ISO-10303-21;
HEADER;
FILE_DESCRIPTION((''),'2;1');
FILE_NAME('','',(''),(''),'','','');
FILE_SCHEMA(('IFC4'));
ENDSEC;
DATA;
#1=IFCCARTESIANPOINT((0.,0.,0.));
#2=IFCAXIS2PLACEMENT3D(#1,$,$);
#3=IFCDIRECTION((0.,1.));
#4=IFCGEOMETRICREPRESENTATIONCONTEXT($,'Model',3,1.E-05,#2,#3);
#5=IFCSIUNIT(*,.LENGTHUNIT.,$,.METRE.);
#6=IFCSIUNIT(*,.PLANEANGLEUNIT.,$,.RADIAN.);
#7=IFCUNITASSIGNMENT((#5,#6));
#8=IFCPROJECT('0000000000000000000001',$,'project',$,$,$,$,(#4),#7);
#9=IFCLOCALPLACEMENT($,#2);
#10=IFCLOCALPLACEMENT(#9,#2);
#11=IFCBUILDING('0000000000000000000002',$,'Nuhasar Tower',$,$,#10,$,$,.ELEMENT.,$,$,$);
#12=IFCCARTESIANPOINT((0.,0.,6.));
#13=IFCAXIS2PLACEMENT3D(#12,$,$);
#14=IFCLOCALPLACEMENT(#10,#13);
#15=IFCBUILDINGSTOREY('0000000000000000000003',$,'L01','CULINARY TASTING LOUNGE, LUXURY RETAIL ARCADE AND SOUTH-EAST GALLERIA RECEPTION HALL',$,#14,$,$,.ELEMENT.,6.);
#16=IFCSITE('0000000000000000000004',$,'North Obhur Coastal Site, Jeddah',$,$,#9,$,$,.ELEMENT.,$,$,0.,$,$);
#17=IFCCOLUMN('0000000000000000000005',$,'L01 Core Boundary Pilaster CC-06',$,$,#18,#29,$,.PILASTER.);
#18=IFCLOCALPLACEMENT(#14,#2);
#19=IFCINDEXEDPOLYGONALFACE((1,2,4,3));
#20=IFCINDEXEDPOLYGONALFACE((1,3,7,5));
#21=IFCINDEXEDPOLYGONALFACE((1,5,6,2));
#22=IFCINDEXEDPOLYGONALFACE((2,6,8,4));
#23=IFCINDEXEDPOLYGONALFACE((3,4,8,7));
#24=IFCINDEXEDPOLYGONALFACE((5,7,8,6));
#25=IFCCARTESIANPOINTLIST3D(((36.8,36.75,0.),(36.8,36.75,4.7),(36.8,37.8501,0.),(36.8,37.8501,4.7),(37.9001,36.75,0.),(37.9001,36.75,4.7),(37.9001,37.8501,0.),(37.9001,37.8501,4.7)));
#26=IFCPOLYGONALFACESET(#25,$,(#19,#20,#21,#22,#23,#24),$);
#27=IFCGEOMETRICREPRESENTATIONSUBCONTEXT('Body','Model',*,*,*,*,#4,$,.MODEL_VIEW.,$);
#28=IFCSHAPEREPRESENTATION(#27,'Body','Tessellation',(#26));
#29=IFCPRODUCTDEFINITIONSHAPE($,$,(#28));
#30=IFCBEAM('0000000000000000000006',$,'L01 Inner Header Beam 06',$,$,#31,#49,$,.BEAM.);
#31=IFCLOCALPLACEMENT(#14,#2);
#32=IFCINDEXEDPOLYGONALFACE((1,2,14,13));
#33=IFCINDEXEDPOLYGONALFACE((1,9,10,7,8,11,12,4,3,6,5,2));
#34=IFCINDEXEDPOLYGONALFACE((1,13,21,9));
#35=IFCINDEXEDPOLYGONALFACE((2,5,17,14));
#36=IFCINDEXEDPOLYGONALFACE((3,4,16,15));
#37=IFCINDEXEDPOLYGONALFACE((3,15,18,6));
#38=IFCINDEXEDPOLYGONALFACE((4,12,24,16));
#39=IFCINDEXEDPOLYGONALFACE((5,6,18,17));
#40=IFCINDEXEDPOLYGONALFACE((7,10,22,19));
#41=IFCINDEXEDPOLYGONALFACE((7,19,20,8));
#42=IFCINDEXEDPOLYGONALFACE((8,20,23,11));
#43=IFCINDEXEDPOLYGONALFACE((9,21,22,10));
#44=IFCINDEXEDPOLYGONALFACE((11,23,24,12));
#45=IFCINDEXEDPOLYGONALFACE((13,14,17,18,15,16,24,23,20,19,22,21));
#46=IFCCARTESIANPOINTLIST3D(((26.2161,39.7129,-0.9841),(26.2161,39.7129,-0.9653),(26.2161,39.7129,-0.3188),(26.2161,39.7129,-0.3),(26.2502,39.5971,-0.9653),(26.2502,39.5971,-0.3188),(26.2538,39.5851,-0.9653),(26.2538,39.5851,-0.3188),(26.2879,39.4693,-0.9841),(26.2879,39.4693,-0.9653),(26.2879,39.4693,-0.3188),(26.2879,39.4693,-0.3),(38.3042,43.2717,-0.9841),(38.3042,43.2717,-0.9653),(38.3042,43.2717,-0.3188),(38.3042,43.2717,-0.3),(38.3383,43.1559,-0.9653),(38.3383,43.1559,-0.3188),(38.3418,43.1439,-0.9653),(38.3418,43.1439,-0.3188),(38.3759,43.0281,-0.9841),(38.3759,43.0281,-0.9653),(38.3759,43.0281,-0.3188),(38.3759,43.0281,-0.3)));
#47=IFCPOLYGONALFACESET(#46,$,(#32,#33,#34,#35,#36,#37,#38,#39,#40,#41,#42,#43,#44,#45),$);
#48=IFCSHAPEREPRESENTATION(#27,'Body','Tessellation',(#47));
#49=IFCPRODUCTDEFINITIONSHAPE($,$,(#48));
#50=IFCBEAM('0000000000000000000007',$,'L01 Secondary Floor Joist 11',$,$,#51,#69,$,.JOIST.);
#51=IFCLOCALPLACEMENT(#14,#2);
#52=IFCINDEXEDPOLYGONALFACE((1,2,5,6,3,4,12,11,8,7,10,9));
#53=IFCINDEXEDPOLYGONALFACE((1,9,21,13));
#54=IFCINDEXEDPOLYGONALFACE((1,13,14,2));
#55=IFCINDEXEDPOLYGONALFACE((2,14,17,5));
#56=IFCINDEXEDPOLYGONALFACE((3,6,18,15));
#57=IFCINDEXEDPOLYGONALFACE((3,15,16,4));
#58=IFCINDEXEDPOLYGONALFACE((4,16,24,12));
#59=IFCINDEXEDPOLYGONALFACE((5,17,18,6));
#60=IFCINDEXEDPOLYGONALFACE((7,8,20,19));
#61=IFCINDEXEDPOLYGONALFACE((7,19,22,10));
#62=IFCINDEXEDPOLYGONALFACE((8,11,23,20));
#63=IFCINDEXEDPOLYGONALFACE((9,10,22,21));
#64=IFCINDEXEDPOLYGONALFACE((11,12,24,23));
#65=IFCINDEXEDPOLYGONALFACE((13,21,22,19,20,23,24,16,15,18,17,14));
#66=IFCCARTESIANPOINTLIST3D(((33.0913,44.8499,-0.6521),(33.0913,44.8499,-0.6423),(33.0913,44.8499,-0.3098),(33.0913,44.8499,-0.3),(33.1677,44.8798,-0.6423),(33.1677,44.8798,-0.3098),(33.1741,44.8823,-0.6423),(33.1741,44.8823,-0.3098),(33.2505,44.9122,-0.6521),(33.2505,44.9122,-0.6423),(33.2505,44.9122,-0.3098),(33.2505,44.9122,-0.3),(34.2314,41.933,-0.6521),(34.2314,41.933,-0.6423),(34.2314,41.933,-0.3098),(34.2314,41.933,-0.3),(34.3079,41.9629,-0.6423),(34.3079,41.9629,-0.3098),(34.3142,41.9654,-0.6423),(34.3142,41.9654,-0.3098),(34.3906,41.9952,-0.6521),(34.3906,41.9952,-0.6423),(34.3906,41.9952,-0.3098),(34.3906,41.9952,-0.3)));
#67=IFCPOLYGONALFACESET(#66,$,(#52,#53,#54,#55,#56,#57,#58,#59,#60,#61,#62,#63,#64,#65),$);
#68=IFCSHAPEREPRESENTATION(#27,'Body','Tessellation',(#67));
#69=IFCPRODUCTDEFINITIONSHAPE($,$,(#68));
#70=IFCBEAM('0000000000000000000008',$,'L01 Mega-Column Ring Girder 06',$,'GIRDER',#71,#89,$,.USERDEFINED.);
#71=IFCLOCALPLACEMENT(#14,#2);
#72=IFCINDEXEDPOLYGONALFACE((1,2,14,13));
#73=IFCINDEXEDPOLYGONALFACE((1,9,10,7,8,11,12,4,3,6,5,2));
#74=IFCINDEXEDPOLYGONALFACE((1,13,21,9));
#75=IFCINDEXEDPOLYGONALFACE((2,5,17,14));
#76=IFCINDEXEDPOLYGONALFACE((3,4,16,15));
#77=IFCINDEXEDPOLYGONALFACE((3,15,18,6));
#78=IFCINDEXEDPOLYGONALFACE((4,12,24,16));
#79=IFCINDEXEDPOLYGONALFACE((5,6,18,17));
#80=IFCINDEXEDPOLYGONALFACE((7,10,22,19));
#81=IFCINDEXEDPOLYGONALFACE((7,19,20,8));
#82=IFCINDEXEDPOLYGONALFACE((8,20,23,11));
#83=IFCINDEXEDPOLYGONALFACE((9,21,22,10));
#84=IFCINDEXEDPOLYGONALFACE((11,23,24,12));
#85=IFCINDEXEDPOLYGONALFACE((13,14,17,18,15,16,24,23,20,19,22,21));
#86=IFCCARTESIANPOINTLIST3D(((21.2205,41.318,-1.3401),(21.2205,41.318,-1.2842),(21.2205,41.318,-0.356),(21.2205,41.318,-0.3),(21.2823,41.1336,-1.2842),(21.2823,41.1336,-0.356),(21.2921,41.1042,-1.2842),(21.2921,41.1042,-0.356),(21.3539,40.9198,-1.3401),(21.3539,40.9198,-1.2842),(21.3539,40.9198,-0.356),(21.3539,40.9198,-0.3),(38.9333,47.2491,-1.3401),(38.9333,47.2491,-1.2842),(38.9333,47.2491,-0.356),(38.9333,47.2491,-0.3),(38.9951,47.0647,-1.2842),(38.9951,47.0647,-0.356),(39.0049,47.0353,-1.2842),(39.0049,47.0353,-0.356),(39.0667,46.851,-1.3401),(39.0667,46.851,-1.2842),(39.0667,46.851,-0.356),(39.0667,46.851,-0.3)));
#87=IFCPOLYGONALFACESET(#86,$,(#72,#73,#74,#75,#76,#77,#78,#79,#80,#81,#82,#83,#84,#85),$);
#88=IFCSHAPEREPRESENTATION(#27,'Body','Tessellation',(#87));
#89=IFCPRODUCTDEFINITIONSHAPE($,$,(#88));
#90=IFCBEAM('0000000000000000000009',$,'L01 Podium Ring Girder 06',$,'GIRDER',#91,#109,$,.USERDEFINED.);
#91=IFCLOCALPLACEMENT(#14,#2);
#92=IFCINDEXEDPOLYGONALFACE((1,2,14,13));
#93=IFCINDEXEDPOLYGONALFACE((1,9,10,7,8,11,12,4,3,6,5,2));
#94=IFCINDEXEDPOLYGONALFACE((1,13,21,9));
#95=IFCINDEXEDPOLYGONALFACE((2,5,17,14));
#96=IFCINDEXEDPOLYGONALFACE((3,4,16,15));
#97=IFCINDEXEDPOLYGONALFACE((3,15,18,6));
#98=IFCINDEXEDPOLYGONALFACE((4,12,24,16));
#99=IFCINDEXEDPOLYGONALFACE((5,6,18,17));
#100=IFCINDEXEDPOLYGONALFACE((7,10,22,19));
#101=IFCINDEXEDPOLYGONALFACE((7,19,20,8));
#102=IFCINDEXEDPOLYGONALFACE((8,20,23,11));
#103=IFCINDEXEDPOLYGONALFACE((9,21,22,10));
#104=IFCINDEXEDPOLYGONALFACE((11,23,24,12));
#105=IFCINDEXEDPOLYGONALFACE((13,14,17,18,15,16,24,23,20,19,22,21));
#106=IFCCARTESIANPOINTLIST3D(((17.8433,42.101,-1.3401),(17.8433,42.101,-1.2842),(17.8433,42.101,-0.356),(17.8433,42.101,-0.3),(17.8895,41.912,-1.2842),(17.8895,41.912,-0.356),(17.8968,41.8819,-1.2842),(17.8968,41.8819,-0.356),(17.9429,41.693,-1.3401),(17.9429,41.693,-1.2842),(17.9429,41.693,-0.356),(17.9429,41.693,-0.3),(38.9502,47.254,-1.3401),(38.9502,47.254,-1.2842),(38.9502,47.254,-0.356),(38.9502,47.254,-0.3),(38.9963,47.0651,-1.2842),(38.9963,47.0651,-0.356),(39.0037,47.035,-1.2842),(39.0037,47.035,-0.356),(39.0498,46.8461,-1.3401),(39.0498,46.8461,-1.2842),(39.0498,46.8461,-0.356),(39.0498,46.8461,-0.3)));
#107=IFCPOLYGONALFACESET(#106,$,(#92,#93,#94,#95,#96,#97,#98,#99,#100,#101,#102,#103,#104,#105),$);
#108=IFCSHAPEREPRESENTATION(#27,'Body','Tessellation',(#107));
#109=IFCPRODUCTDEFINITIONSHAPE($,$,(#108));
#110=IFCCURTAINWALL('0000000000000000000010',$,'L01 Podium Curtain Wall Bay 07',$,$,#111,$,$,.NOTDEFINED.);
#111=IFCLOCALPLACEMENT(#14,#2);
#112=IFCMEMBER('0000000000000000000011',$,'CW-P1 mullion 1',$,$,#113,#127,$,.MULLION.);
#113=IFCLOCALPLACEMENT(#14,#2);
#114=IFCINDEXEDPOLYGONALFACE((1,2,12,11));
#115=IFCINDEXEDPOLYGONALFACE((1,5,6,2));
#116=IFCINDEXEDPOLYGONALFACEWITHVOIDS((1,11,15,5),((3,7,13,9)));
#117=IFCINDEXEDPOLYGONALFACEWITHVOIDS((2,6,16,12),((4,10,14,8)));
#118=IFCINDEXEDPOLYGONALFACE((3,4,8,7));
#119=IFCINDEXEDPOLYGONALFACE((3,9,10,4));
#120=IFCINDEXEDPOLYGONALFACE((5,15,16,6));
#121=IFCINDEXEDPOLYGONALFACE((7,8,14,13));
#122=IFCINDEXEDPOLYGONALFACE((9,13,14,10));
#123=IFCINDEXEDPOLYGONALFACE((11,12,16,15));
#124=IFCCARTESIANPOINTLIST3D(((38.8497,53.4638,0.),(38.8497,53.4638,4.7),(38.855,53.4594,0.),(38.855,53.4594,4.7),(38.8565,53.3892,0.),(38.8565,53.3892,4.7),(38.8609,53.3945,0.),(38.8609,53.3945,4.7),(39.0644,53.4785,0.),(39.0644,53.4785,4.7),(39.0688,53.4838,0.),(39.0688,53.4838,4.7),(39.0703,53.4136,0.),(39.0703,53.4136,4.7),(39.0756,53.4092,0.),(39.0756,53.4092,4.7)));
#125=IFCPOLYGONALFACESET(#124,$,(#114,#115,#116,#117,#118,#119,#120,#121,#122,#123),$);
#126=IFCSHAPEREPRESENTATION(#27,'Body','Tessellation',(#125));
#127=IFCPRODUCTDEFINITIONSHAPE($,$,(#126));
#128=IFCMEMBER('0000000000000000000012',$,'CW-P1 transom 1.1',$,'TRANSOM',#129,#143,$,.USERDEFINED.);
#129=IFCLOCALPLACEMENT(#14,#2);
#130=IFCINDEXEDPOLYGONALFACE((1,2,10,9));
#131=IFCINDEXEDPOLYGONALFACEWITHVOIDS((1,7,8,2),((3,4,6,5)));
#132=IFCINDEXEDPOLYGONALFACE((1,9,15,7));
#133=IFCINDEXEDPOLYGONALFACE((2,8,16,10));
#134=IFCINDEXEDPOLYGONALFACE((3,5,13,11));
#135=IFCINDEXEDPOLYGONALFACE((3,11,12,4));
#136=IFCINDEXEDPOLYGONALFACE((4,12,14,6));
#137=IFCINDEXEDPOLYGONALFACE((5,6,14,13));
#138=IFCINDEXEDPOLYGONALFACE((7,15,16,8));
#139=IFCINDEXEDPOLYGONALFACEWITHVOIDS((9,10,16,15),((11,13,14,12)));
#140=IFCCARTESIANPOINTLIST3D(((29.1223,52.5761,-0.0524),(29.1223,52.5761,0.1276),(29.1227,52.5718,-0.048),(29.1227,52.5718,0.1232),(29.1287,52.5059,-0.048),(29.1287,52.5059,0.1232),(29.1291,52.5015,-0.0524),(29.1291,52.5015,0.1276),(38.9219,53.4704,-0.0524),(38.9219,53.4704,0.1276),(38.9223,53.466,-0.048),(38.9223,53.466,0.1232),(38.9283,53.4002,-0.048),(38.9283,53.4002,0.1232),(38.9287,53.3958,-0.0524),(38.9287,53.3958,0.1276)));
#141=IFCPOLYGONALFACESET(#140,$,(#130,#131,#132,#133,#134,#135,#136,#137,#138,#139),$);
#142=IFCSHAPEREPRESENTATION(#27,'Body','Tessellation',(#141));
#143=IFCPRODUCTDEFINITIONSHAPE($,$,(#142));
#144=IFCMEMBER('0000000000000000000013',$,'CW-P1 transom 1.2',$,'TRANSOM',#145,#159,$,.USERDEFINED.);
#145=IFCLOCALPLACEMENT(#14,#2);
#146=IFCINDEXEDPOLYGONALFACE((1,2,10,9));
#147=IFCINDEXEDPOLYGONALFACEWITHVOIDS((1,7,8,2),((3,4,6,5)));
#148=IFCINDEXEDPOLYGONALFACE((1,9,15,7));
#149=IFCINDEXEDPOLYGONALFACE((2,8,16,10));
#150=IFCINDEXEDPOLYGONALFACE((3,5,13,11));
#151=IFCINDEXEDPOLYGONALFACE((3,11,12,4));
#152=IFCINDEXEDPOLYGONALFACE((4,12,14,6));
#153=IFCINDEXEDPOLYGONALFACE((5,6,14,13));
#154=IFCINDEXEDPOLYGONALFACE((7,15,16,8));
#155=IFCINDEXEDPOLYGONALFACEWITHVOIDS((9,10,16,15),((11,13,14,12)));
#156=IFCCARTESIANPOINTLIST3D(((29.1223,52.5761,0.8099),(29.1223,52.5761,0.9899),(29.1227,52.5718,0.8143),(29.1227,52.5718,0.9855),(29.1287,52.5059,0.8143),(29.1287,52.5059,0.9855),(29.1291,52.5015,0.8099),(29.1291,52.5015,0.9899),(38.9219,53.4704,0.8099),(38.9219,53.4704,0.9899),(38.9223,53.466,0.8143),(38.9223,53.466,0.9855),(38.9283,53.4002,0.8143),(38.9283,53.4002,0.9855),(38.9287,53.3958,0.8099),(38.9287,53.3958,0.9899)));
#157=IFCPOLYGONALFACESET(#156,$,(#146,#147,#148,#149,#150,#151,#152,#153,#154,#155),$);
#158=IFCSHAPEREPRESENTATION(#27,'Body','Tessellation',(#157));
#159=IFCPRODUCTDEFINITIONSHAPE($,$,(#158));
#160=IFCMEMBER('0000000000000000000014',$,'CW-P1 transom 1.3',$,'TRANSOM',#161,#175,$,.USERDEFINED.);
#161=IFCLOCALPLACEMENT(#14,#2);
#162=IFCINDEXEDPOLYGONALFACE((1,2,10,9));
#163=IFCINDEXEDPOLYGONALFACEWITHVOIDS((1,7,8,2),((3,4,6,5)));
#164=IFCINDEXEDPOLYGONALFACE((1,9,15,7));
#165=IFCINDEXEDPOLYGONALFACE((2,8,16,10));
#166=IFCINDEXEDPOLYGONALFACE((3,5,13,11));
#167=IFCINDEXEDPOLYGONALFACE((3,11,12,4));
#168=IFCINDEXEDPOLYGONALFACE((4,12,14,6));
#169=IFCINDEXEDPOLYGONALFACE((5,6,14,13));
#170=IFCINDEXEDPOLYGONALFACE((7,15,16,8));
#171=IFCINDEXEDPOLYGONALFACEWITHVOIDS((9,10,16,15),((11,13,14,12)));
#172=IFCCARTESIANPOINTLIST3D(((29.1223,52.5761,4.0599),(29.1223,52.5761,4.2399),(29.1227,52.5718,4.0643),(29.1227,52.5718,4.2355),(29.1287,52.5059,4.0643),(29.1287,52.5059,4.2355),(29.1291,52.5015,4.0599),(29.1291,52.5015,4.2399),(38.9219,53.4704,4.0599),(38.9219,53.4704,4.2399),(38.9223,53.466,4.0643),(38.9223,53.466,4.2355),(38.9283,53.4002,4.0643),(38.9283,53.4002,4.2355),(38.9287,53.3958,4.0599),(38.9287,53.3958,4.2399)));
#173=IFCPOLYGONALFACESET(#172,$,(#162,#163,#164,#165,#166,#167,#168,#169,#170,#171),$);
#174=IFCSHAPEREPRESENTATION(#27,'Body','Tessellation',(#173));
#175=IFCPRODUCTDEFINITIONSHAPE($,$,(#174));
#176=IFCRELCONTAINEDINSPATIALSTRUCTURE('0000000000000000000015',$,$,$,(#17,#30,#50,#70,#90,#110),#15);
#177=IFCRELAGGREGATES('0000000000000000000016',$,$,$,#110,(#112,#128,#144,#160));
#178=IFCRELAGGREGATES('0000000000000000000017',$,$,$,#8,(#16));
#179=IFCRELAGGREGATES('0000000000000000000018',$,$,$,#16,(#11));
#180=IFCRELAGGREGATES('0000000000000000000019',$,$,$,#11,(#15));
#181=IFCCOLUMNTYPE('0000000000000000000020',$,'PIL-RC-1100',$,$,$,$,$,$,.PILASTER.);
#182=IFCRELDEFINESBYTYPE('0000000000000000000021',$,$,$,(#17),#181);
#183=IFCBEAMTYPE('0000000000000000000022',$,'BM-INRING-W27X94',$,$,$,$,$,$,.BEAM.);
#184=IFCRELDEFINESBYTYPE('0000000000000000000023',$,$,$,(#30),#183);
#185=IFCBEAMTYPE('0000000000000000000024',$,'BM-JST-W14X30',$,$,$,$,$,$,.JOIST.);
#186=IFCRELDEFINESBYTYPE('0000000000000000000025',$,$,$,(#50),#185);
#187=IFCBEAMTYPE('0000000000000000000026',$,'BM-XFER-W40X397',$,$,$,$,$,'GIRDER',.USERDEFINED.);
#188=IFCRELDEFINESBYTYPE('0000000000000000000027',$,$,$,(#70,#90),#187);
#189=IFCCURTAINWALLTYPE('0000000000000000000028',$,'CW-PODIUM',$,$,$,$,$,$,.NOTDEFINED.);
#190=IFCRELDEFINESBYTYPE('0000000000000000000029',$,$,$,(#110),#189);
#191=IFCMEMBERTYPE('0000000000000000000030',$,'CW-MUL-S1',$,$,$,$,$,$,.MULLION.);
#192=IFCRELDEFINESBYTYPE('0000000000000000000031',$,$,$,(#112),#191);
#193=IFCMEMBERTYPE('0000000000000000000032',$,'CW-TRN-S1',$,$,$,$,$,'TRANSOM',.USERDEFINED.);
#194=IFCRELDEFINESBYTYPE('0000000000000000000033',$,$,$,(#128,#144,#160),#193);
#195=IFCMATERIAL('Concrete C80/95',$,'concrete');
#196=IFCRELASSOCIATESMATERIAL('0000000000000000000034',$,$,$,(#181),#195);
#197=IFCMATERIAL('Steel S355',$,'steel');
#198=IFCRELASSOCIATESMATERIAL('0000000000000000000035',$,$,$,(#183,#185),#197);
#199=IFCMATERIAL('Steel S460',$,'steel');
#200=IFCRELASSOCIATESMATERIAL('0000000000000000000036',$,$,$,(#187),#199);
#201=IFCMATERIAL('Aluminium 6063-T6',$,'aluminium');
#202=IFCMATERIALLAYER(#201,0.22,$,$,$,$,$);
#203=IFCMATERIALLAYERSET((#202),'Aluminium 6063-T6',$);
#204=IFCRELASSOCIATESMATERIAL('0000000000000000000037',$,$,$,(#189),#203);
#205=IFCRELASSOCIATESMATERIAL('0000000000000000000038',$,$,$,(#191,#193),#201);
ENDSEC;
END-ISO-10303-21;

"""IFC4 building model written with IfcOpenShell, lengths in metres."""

from ifc_helpers import new_model, si_unit, direction, frame, origin, origin_2d, place, context, subcontext, project, spatial, rectangle, hollow_rectangle, i_section, extrude, material, layer, layer_set, material_profile, profile_set, type_object, element, aggregate, save


model = new_model("IFC4")

# Units and contexts
model_context = context("Model", 3, precision=1e-05, world=origin(), true_north=direction((0.0, 1.0)))
body_context = subcontext(model_context, "Body", "Model", "MODEL_VIEW")
ifc_project = project(units=[si_unit("LENGTHUNIT", "METRE"), si_unit("PLANEANGLEUNIT", "RADIAN")], contexts=[model_context])

# Site, building, storey
site_placement = place(None, origin())
site = spatial("IfcSite", under=ifc_project, at=site_placement, Name="North Obhur Coastal Site, Jeddah", CompositionType="ELEMENT", RefElevation=0.0)
building_placement = place(site_placement, origin())
building = spatial("IfcBuilding", under=site, at=building_placement, Name="Nuhasar Tower", CompositionType="ELEMENT")
storey_placement = place(building_placement, frame((0.0, 0.0, 6.0)))
storey = spatial("IfcBuildingStorey", under=building, at=storey_placement, Name="L01", Description="CULINARY TASTING LOUNGE, LUXURY RETAIL ARCADE AND SOUTH-EAST GALLERIA RECEPTION HALL", CompositionType="ELEMENT", Elevation=6.0)

# Column
ifc_material_1 = material(Name="Concrete C80/95", Category="concrete")
ifc_material_profile_1 = material_profile(ifc_material_1, rectangle(XDim=1.1001, YDim=1.1001, at=origin_2d()), Name="RC1100X1100")
ifc_profile_set_1 = profile_set([ifc_material_profile_1], Name="Concrete C80/95")
column_type = type_object("IfcColumnType", Name="PIL-RC-1100", PredefinedType="PILASTER", material=ifc_profile_set_1)
column_placement = place(storey_placement, frame((37.3501, 37.3, 0.0), z_axis=(0.0, 0.0, 1.0), x_axis=(1.0, 0.0, 0.0)))
element("IfcColumn", 1, at=column_placement, inside=storey, type_object=column_type, Name="L01 Core Boundary Pilaster CC-06", PredefinedType="PILASTER", context=body_context, shape_type="SweptSolid", body=[
    extrude(rectangle(XDim=1.1001, YDim=1.1001, at=origin_2d()), origin(), (0.0, 0.0, 1.0), 4.7),
])

# Beams
ifc_material_2 = material(Name="Steel S355", Category="steel")
ifc_material_profile_2 = material_profile(ifc_material_2, i_section(OverallWidth=0.2539, OverallDepth=0.6841, WebThickness=0.0125, FlangeThickness=0.0188, at=origin_2d()), Name="W27X94")
ifc_profile_set_2 = profile_set([ifc_material_profile_2], Name="Steel S355")
beam_type_1 = type_object("IfcBeamType", Name="BM-INRING-W27X94", PredefinedType="BEAM", material=ifc_profile_set_2)
beam_1_placement = place(storey_placement, frame((38.3401, 43.1499, -0.6421), z_axis=(-0.95929, -0.282422, 0.0), x_axis=(0.282422, -0.95929, 0.0)))
element("IfcBeam", 2, at=beam_1_placement, inside=storey, type_object=beam_type_1, Name="L01 Inner Header Beam 06", PredefinedType="BEAM", context=body_context, shape_type="SweptSolid", body=[
    extrude(i_section(OverallWidth=0.2539, OverallDepth=0.6841, WebThickness=0.0125, FlangeThickness=0.0188, at=origin_2d()), origin(), (0.0, 0.0, 1.0), 12.6011),
])
ifc_material_profile_3 = material_profile(ifc_material_2, i_section(OverallWidth=0.1709, OverallDepth=0.3521, WebThickness=0.0068, FlangeThickness=0.0098, at=origin_2d()), Name="W14X30")
ifc_profile_set_3 = profile_set([ifc_material_profile_3], Name="Steel S355")
beam_type_2 = type_object("IfcBeamType", Name="BM-JST-W14X30", PredefinedType="JOIST", material=ifc_profile_set_3)
beam_2_placement = place(storey_placement, frame((34.311, 41.9641, -0.4761), z_axis=(-0.364041, 0.931383, 0.0), x_axis=(-0.931383, -0.364041, 0.0)))
element("IfcBeam", 3, at=beam_2_placement, inside=storey, type_object=beam_type_2, Name="L01 Secondary Floor Joist 11", PredefinedType="JOIST", context=body_context, shape_type="SweptSolid", body=[
    extrude(i_section(OverallWidth=0.1709, OverallDepth=0.3521, WebThickness=0.0068, FlangeThickness=0.0098, at=origin_2d()), origin(), (0.0, 0.0, 1.0), 3.1318),
])
ifc_material_3 = material(Name="Steel S460", Category="steel")
ifc_material_profile_4 = material_profile(ifc_material_3, i_section(OverallWidth=0.4199, OverallDepth=1.04, WebThickness=0.031, FlangeThickness=0.0559, at=origin_2d()), Name="W40X397")
ifc_profile_set_4 = profile_set([ifc_material_profile_4], Name="Steel S460")
beam_type_3 = type_object("IfcBeamType", Name="BM-XFER-W40X397", ElementType="GIRDER", PredefinedType="USERDEFINED", material=ifc_profile_set_4)
beam_3_placement = place(storey_placement, frame((39.0, 47.05, -0.8201), z_axis=(-0.948251, -0.317521, 0.0), x_axis=(0.317521, -0.948251, 0.0)))
element("IfcBeam", 4, at=beam_3_placement, inside=storey, type_object=beam_type_3, Name="L01 Mega-Column Ring Girder 06", ObjectType="GIRDER", PredefinedType="USERDEFINED", context=body_context, shape_type="SweptSolid", body=[
    extrude(i_section(OverallWidth=0.4199, OverallDepth=1.04, WebThickness=0.031, FlangeThickness=0.0559, at=origin_2d()), origin(), (0.0, 0.0, 1.0), 18.6794),
])
beam_4_placement = place(storey_placement, frame((39.0, 47.05, -0.8201), z_axis=(-0.971467, -0.237175, 0.0), x_axis=(0.237175, -0.971467, 0.0)))
element("IfcBeam", 5, at=beam_4_placement, inside=storey, type_object=beam_type_3, Name="L01 Podium Ring Girder 06", ObjectType="GIRDER", PredefinedType="USERDEFINED", context=body_context, shape_type="SweptSolid", body=[
    extrude(i_section(OverallWidth=0.4199, OverallDepth=1.04, WebThickness=0.031, FlangeThickness=0.0559, at=origin_2d()), origin(), (0.0, 0.0, 1.0), 21.7268),
])

# Curtain wall, members
ifc_material_4 = material(Name="Aluminium 6063-T6", Category="aluminium")
ifc_layer_1 = layer(ifc_material_4, 0.22)
ifc_layer_set_1 = layer_set([ifc_layer_1], Name="Aluminium 6063-T6")
curtain_wall_type = type_object("IfcCurtainWallType", Name="CW-PODIUM", PredefinedType="NOTDEFINED", material=ifc_layer_set_1)
curtain_wall_placement = place(storey_placement, origin())
curtain_wall = element("IfcCurtainWall", 6, at=curtain_wall_placement, inside=storey, type_object=curtain_wall_type, Name="L01 Podium Curtain Wall Bay 07", PredefinedType="NOTDEFINED")
ifc_material_profile_5 = material_profile(ifc_material_4, hollow_rectangle(XDim=0.075, YDim=0.22, WallThickness=0.0049, at=origin_2d()), Name="CWM-1")
ifc_profile_set_5 = profile_set([ifc_material_profile_5], Name="Aluminium 6063-T6")
member_type_1 = type_object("IfcMemberType", Name="CW-MUL-S1", PredefinedType="MULLION", material=ifc_profile_set_5)
member_1_placement = place(storey_placement, frame((38.9626, 53.4365, 0.0), z_axis=(0.0, 0.0, 1.0), x_axis=(0.090888, -0.995861, 0.0)))
member_1 = element("IfcMember", 7, at=member_1_placement, type_object=member_type_1, Name="CW-P1 mullion 1", PredefinedType="MULLION", context=body_context, shape_type="SweptSolid", body=[
    extrude(hollow_rectangle(XDim=0.075, YDim=0.22, WallThickness=0.0049, at=origin_2d()), origin(), (0.0, 0.0, 1.0), 4.7),
])
ifc_material_profile_6 = material_profile(ifc_material_4, hollow_rectangle(XDim=0.075, YDim=0.1799, WallThickness=0.0044, at=origin_2d()), Name="CWT-1")
ifc_profile_set_6 = profile_set([ifc_material_profile_6], Name="Aluminium 6063-T6")
member_type_2 = type_object("IfcMemberType", Name="CW-TRN-S1", ElementType="TRANSOM", PredefinedType="USERDEFINED", material=ifc_profile_set_6)
member_2_placement = place(storey_placement, frame((38.9253, 53.4331, 0.0376), z_axis=(-0.995862, -0.09088, 0.0), x_axis=(0.09088, -0.995862, 0.0)))
member_2 = element("IfcMember", 8, at=member_2_placement, type_object=member_type_2, Name="CW-P1 transom 1.1", ObjectType="TRANSOM", PredefinedType="USERDEFINED", context=body_context, shape_type="SweptSolid", body=[
    extrude(hollow_rectangle(XDim=0.075, YDim=0.1799, WallThickness=0.0044, at=origin_2d()), origin(), (0.0, 0.0, 1.0), 9.8403),
])
member_3_placement = place(storey_placement, frame((38.9253, 53.4331, 0.8999), z_axis=(-0.995862, -0.09088, 0.0), x_axis=(0.09088, -0.995862, 0.0)))
member_3 = element("IfcMember", 9, at=member_3_placement, type_object=member_type_2, Name="CW-P1 transom 1.2", ObjectType="TRANSOM", PredefinedType="USERDEFINED", context=body_context, shape_type="SweptSolid", body=[
    extrude(hollow_rectangle(XDim=0.075, YDim=0.1799, WallThickness=0.0044, at=origin_2d()), origin(), (0.0, 0.0, 1.0), 9.8403),
])
member_4_placement = place(storey_placement, frame((38.9253, 53.4331, 4.1499), z_axis=(-0.995862, -0.09088, 0.0), x_axis=(0.09088, -0.995862, 0.0)))
member_4 = element("IfcMember", 10, at=member_4_placement, type_object=member_type_2, Name="CW-P1 transom 1.3", ObjectType="TRANSOM", PredefinedType="USERDEFINED", context=body_context, shape_type="SweptSolid", body=[
    extrude(hollow_rectangle(XDim=0.075, YDim=0.1799, WallThickness=0.0044, at=origin_2d()), origin(), (0.0, 0.0, 1.0), 9.8403),
])
aggregate(curtain_wall, [member_1, member_2, member_3, member_4])

save(model, "model.ifc")
